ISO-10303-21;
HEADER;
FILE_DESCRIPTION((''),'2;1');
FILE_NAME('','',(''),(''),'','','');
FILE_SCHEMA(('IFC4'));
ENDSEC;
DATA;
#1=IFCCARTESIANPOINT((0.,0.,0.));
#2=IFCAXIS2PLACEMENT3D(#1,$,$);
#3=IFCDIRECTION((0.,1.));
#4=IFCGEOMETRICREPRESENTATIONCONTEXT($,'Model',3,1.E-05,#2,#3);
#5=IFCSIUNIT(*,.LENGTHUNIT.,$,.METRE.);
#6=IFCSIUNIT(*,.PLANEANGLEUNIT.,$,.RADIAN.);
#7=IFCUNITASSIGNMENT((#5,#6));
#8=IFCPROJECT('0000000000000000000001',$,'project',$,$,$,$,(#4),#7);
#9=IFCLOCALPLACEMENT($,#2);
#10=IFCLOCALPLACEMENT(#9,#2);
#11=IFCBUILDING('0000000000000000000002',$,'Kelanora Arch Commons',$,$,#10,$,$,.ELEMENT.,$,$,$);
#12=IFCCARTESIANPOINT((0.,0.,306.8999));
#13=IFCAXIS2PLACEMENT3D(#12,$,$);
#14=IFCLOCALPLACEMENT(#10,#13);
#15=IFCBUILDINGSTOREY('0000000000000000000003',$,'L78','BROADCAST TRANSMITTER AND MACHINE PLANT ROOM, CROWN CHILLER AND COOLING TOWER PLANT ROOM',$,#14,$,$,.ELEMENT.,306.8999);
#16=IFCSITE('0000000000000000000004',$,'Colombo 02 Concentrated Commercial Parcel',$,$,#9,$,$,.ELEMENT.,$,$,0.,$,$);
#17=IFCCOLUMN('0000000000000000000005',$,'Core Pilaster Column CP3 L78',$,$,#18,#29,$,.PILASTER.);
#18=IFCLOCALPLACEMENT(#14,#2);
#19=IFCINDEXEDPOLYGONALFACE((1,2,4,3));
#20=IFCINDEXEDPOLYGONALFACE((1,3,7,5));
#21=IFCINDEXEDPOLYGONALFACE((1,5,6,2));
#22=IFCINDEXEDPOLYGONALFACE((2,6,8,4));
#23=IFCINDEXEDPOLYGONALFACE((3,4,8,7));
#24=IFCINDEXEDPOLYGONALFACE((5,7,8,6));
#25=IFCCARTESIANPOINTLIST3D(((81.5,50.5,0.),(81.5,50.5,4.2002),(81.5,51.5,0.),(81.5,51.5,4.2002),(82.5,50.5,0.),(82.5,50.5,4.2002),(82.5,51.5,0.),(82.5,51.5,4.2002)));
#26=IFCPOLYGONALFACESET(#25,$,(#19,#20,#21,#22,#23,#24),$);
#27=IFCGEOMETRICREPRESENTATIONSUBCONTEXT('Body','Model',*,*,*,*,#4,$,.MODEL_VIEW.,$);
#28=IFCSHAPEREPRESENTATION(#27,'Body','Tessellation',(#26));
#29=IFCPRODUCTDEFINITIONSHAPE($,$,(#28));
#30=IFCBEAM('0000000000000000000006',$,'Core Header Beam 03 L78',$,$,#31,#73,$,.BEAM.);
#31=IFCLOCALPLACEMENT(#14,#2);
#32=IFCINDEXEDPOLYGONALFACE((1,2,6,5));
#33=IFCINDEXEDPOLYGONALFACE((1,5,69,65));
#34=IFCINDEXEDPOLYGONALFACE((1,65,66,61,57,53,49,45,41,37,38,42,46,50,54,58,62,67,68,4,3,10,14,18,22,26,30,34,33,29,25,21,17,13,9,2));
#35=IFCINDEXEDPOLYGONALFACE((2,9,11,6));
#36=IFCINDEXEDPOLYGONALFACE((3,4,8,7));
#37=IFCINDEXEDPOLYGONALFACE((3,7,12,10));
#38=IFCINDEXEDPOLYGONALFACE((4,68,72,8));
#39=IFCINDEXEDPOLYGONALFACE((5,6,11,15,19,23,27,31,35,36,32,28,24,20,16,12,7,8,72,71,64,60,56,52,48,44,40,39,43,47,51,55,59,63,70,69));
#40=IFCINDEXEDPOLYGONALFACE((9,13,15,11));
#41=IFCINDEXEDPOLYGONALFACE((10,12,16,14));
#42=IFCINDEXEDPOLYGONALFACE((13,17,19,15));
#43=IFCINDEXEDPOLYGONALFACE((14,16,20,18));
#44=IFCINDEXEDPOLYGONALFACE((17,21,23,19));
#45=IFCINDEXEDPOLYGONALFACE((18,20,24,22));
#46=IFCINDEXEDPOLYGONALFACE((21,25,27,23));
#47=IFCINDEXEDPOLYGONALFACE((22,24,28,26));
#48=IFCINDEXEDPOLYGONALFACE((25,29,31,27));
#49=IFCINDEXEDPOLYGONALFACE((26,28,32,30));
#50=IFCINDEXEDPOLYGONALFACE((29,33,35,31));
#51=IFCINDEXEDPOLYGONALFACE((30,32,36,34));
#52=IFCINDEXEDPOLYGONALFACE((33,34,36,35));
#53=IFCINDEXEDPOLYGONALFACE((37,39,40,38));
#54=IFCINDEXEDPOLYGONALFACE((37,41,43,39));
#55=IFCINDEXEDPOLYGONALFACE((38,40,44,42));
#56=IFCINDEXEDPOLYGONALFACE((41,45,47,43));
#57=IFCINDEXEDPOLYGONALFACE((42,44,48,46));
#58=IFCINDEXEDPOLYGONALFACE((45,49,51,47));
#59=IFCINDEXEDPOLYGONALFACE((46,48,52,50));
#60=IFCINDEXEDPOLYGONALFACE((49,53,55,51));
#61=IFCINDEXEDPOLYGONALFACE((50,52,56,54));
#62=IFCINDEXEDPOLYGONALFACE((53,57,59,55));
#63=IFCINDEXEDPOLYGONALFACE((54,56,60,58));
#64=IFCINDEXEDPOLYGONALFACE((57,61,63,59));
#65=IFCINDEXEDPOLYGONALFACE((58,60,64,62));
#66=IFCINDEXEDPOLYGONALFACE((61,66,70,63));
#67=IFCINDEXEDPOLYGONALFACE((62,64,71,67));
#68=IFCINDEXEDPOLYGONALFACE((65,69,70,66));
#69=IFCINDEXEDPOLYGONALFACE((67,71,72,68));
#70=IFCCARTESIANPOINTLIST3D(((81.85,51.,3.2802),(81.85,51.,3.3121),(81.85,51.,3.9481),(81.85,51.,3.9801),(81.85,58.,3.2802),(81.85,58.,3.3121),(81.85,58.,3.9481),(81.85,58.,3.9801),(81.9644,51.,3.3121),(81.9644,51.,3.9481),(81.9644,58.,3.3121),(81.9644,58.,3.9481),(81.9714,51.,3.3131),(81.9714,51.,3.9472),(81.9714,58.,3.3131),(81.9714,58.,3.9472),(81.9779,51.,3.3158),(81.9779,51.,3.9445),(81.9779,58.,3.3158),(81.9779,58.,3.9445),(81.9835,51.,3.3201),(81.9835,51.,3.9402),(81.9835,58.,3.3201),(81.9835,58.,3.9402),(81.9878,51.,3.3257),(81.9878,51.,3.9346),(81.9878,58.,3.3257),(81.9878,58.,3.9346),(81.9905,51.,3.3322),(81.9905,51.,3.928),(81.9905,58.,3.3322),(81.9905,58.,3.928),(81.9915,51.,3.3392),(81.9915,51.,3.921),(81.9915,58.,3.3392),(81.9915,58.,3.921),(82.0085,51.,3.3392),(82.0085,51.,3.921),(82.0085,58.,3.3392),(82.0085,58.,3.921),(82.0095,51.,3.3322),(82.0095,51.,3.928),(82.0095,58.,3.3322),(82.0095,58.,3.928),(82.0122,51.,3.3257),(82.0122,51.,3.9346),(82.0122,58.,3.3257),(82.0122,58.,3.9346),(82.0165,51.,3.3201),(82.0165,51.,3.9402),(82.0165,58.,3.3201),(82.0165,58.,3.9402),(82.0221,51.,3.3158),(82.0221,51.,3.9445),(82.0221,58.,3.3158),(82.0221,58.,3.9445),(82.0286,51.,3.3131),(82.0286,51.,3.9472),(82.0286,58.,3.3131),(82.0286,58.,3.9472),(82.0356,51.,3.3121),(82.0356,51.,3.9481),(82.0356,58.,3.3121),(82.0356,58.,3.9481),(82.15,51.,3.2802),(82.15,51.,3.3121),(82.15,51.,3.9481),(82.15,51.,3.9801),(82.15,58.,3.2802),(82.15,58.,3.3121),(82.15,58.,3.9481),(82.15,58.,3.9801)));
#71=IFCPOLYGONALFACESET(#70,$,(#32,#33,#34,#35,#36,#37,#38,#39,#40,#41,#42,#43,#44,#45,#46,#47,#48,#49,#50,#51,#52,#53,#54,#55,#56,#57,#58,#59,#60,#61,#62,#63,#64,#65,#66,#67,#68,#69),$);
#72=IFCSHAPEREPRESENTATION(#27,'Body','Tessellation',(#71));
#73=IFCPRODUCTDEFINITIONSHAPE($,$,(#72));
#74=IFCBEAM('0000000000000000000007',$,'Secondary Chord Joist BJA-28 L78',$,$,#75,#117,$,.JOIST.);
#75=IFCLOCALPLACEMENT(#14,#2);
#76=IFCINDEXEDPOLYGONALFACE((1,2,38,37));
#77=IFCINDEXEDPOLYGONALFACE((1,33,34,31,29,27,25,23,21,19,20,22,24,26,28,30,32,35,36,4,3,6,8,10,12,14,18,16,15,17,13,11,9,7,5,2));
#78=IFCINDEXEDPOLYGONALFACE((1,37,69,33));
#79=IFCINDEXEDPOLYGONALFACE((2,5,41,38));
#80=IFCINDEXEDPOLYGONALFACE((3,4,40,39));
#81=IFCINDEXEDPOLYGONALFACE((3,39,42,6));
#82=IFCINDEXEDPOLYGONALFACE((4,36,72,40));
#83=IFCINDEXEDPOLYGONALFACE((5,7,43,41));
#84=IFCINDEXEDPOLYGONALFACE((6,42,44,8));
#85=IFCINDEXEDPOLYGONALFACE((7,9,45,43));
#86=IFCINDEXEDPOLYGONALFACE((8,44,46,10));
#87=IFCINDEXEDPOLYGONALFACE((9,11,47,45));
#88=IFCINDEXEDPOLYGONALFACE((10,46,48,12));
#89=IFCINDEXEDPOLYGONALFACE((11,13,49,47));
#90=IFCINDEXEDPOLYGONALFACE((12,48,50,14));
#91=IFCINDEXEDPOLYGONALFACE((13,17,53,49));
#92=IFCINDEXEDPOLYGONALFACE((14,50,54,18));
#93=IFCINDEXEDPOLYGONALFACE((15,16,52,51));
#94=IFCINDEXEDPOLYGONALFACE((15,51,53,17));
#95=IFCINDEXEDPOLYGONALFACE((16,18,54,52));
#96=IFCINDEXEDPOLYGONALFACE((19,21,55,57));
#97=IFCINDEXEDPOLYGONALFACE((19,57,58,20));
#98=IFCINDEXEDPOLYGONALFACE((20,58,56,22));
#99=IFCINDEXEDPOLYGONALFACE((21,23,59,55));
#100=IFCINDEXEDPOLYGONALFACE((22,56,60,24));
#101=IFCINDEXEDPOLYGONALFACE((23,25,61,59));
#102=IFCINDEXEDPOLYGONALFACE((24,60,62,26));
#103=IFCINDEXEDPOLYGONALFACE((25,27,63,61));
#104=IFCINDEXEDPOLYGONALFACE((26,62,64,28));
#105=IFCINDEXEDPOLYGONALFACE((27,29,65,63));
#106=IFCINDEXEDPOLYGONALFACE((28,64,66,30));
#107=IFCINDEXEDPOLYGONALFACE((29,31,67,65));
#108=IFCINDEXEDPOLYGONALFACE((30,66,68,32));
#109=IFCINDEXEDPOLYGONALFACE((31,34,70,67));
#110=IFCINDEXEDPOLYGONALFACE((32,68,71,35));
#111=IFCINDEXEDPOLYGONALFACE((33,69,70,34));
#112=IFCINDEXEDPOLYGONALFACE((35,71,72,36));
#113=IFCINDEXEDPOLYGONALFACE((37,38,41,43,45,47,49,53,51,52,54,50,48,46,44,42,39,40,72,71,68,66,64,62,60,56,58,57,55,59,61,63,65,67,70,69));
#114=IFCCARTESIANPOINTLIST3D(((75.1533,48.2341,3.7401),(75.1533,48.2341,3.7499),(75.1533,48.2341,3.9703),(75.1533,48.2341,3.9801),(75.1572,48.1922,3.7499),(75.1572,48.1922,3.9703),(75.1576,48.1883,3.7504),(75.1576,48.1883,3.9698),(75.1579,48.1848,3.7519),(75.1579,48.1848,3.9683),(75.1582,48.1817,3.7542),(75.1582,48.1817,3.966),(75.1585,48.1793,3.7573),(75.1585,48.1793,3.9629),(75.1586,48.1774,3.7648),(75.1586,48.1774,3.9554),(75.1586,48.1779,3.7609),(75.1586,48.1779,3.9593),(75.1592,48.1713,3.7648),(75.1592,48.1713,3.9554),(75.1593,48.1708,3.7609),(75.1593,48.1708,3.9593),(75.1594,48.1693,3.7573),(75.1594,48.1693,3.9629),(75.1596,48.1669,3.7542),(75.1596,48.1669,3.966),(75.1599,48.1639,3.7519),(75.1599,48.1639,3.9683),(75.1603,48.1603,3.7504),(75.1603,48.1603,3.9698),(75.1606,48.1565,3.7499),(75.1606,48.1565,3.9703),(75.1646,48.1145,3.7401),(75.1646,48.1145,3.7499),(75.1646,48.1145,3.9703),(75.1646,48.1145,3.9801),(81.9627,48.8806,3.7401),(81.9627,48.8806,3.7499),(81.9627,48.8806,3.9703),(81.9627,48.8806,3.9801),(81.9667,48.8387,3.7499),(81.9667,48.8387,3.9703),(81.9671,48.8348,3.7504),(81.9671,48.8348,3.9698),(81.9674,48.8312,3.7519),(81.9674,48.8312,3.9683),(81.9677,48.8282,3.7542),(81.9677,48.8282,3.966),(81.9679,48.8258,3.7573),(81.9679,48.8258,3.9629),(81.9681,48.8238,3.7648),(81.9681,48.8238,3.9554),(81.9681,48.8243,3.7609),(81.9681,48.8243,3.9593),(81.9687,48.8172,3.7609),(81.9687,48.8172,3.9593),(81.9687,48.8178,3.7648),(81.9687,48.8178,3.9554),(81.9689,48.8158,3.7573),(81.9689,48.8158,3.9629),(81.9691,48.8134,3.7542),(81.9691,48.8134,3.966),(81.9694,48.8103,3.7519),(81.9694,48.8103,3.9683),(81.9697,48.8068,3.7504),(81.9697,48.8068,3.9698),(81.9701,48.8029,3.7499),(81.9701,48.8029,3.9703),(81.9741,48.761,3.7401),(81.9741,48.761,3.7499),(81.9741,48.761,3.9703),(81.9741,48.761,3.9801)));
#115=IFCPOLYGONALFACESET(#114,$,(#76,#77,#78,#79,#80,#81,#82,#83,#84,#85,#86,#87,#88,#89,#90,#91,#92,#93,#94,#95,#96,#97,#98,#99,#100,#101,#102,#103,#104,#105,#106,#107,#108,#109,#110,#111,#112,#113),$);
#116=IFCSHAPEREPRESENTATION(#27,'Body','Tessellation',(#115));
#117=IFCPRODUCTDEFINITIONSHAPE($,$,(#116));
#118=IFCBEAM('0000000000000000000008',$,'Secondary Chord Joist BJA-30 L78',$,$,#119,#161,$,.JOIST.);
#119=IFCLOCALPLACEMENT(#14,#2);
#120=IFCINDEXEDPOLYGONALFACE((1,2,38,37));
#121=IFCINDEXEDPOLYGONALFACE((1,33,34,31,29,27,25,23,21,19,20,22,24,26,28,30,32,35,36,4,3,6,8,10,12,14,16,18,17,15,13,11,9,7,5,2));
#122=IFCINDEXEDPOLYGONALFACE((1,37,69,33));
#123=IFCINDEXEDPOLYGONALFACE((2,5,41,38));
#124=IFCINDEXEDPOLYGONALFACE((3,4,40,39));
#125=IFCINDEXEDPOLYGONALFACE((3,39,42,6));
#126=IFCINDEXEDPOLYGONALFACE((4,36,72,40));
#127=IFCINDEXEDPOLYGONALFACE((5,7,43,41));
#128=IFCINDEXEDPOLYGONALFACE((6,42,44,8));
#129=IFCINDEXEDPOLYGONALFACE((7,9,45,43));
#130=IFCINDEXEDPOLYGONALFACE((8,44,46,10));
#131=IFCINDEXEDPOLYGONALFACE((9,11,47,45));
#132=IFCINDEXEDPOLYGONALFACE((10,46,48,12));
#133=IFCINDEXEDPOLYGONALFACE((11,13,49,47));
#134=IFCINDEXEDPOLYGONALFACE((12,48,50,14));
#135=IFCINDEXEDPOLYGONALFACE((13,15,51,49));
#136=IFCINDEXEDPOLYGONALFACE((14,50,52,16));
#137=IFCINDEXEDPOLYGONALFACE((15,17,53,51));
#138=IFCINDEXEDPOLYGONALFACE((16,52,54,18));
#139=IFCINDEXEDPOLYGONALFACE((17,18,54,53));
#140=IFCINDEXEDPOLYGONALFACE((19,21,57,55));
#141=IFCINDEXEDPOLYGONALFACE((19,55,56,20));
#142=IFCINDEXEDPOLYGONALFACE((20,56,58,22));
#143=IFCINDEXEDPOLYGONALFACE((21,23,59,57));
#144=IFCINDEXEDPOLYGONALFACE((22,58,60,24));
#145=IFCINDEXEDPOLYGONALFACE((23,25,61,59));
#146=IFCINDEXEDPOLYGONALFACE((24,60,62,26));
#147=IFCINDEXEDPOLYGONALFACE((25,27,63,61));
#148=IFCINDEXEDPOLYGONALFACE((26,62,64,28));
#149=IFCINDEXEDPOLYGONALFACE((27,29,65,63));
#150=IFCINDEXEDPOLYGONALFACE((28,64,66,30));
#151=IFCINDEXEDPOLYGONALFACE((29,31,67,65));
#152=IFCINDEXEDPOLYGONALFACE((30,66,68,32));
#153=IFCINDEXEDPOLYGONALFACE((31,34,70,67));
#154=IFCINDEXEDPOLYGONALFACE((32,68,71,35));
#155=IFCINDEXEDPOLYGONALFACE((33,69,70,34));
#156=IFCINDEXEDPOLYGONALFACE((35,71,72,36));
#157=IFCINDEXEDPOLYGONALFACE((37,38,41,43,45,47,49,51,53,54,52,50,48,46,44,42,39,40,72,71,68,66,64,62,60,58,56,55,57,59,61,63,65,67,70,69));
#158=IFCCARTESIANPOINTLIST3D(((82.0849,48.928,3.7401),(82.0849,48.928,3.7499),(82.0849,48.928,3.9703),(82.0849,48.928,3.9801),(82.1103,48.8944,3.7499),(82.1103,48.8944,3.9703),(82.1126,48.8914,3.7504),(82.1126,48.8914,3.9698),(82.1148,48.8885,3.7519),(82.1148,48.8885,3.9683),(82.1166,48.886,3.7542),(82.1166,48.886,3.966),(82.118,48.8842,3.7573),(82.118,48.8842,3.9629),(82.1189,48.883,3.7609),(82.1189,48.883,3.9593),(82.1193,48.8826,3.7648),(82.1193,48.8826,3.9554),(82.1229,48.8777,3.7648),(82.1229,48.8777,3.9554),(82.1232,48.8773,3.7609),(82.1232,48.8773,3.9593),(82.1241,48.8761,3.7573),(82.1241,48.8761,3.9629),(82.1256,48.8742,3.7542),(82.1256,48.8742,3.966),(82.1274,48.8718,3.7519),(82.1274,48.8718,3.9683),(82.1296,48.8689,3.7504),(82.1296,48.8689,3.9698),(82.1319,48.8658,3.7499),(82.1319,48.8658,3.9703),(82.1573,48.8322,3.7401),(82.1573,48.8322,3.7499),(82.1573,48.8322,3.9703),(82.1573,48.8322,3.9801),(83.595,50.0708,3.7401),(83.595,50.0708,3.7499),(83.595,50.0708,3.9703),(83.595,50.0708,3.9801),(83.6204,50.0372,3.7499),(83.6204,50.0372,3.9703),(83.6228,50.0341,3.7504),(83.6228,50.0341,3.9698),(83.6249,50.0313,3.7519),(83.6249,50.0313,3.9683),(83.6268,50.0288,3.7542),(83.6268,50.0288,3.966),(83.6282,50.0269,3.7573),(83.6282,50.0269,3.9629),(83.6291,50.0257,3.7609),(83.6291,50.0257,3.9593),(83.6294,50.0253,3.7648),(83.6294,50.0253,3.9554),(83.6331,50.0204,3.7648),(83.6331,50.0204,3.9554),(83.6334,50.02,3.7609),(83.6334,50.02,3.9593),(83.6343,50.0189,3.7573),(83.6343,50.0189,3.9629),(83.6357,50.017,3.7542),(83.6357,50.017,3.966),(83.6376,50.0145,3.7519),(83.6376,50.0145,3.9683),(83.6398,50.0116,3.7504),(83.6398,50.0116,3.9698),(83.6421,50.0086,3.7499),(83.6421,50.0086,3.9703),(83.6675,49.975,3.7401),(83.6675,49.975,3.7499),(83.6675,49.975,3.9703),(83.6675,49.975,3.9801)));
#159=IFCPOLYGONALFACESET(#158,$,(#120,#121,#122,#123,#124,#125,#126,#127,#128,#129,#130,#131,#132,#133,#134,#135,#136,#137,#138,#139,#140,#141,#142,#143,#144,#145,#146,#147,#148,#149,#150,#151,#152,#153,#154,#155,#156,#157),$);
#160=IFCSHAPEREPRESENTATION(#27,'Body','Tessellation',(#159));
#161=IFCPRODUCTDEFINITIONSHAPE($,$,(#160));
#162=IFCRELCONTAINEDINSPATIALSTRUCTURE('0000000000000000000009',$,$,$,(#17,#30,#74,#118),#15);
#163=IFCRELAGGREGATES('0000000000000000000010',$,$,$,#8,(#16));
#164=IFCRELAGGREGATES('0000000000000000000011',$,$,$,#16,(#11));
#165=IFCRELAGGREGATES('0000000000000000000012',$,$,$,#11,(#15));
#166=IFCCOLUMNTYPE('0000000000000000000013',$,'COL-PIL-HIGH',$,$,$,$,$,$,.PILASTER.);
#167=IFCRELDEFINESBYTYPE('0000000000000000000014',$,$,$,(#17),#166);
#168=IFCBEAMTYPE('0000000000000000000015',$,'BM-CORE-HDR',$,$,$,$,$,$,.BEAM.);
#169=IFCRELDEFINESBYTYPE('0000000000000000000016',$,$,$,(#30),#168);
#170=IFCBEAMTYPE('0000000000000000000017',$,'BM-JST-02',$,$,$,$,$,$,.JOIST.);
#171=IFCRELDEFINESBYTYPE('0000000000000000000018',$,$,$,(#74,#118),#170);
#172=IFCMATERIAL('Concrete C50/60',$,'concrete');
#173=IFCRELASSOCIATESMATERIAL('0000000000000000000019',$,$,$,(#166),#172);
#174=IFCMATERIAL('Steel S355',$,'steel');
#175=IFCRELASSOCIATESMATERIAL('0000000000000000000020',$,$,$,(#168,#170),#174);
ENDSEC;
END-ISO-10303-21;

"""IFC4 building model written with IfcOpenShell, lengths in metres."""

from ifc_helpers import new_model, si_unit, direction, frame, origin, origin_2d, place, context, subcontext, project, spatial, rectangle, i_section, extrude, material, material_profile, profile_set, type_object, element, save


model = new_model("IFC4")

# Units and contexts
model_context = context("Model", 3, precision=1e-05, world=origin(), true_north=direction((0.0, 1.0)))
body_context = subcontext(model_context, "Body", "Model", "MODEL_VIEW")
ifc_project = project(units=[si_unit("LENGTHUNIT", "METRE"), si_unit("PLANEANGLEUNIT", "RADIAN")], contexts=[model_context])

# Site, building, storey
site_placement = place(None, origin())
site = spatial("IfcSite", under=ifc_project, at=site_placement, Name="Colombo 02 Concentrated Commercial Parcel", CompositionType="ELEMENT", RefElevation=0.0)
building_placement = place(site_placement, origin())
building = spatial("IfcBuilding", under=site, at=building_placement, Name="Kelanora Arch Commons", CompositionType="ELEMENT")
storey_placement = place(building_placement, frame((0.0, 0.0, 306.8999)))
storey = spatial("IfcBuildingStorey", under=building, at=storey_placement, Name="L78", Description="BROADCAST TRANSMITTER AND MACHINE PLANT ROOM, CROWN CHILLER AND COOLING TOWER PLANT ROOM", CompositionType="ELEMENT", Elevation=306.8999)

# Column
ifc_material_1 = material(Name="Concrete C50/60", Category="concrete")
ifc_material_profile_1 = material_profile(ifc_material_1, rectangle(XDim=1.0, YDim=1.0, at=origin_2d()), Name="RC1000x1000")
ifc_profile_set_1 = profile_set([ifc_material_profile_1], Name="Concrete C50/60")
column_type = type_object("IfcColumnType", Name="COL-PIL-HIGH", PredefinedType="PILASTER", material=ifc_profile_set_1)
column_placement = place(storey_placement, frame((82.0, 51.0, 0.0), z_axis=(0.0, 0.0, 1.0), x_axis=(1.0, 0.0, 0.0)))
element("IfcColumn", 1, at=column_placement, inside=storey, type_object=column_type, Name="Core Pilaster Column CP3 L78", PredefinedType="PILASTER", context=body_context, shape_type="SweptSolid", body=[
    extrude(rectangle(XDim=1.0, YDim=1.0, at=origin_2d()), origin(), (0.0, 0.0, 1.0), 4.2002),
])

# Beams
ifc_material_2 = material(Name="Steel S355", Category="steel")
ifc_material_profile_2 = material_profile(ifc_material_2, i_section(OverallWidth=0.3, OverallDepth=0.7, WebThickness=0.0171, FlangeThickness=0.032, FilletRadius=0.0271, at=origin_2d()), Name="HEB700")
ifc_profile_set_2 = profile_set([ifc_material_profile_2], Name="Steel S355")
beam_type_1 = type_object("IfcBeamType", Name="BM-CORE-HDR", PredefinedType="BEAM", material=ifc_profile_set_2)
beam_1_placement = place(storey_placement, frame((82.0, 51.0, 3.6301), z_axis=(0.0, 1.0, 0.0), x_axis=(-1.0, 0.0, 0.0)))
element("IfcBeam", 2, at=beam_1_placement, inside=storey, type_object=beam_type_1, Name="Core Header Beam 03 L78", PredefinedType="BEAM", context=body_context, shape_type="SweptSolid", body=[
    extrude(i_section(OverallWidth=0.3, OverallDepth=0.7, WebThickness=0.0171, FlangeThickness=0.032, FilletRadius=0.0271, at=origin_2d()), origin(), (0.0, 0.0, 1.0), 7.0),
])
ifc_material_profile_3 = material_profile(ifc_material_2, i_section(OverallWidth=0.1201, OverallDepth=0.24, WebThickness=0.0061, FlangeThickness=0.0098, FilletRadius=0.0149, at=origin_2d()), Name="IPE240")
ifc_profile_set_3 = profile_set([ifc_material_profile_3], Name="Steel S355")
beam_type_2 = type_object("IfcBeamType", Name="BM-JST-02", PredefinedType="JOIST", material=ifc_profile_set_3)
beam_2_placement = place(storey_placement, frame((75.1589, 48.1743, 3.8601), z_axis=(0.995524, 0.094513, 0.0), x_axis=(-0.094513, 0.995524, 0.0)))
element("IfcBeam", 3, at=beam_2_placement, inside=storey, type_object=beam_type_2, Name="Secondary Chord Joist BJA-28 L78", PredefinedType="JOIST", context=body_context, shape_type="SweptSolid", body=[
    extrude(i_section(OverallWidth=0.1201, OverallDepth=0.24, WebThickness=0.0061, FlangeThickness=0.0098, FilletRadius=0.0149, at=origin_2d()), origin(), (0.0, 0.0, 1.0), 6.8401),
])
beam_3_placement = place(storey_placement, frame((82.1211, 48.8801, 3.8601), z_axis=(0.797425, 0.603418, 0.0), x_axis=(-0.603418, 0.797425, 0.0)))
element("IfcBeam", 4, at=beam_3_placement, inside=storey, type_object=beam_type_2, Name="Secondary Chord Joist BJA-30 L78", PredefinedType="JOIST", context=body_context, shape_type="SweptSolid", body=[
    extrude(i_section(OverallWidth=0.1201, OverallDepth=0.24, WebThickness=0.0061, FlangeThickness=0.0098, FilletRadius=0.0149, at=origin_2d()), origin(), (0.0, 0.0, 1.0), 1.8938),
])

save(model, "model.ifc")
